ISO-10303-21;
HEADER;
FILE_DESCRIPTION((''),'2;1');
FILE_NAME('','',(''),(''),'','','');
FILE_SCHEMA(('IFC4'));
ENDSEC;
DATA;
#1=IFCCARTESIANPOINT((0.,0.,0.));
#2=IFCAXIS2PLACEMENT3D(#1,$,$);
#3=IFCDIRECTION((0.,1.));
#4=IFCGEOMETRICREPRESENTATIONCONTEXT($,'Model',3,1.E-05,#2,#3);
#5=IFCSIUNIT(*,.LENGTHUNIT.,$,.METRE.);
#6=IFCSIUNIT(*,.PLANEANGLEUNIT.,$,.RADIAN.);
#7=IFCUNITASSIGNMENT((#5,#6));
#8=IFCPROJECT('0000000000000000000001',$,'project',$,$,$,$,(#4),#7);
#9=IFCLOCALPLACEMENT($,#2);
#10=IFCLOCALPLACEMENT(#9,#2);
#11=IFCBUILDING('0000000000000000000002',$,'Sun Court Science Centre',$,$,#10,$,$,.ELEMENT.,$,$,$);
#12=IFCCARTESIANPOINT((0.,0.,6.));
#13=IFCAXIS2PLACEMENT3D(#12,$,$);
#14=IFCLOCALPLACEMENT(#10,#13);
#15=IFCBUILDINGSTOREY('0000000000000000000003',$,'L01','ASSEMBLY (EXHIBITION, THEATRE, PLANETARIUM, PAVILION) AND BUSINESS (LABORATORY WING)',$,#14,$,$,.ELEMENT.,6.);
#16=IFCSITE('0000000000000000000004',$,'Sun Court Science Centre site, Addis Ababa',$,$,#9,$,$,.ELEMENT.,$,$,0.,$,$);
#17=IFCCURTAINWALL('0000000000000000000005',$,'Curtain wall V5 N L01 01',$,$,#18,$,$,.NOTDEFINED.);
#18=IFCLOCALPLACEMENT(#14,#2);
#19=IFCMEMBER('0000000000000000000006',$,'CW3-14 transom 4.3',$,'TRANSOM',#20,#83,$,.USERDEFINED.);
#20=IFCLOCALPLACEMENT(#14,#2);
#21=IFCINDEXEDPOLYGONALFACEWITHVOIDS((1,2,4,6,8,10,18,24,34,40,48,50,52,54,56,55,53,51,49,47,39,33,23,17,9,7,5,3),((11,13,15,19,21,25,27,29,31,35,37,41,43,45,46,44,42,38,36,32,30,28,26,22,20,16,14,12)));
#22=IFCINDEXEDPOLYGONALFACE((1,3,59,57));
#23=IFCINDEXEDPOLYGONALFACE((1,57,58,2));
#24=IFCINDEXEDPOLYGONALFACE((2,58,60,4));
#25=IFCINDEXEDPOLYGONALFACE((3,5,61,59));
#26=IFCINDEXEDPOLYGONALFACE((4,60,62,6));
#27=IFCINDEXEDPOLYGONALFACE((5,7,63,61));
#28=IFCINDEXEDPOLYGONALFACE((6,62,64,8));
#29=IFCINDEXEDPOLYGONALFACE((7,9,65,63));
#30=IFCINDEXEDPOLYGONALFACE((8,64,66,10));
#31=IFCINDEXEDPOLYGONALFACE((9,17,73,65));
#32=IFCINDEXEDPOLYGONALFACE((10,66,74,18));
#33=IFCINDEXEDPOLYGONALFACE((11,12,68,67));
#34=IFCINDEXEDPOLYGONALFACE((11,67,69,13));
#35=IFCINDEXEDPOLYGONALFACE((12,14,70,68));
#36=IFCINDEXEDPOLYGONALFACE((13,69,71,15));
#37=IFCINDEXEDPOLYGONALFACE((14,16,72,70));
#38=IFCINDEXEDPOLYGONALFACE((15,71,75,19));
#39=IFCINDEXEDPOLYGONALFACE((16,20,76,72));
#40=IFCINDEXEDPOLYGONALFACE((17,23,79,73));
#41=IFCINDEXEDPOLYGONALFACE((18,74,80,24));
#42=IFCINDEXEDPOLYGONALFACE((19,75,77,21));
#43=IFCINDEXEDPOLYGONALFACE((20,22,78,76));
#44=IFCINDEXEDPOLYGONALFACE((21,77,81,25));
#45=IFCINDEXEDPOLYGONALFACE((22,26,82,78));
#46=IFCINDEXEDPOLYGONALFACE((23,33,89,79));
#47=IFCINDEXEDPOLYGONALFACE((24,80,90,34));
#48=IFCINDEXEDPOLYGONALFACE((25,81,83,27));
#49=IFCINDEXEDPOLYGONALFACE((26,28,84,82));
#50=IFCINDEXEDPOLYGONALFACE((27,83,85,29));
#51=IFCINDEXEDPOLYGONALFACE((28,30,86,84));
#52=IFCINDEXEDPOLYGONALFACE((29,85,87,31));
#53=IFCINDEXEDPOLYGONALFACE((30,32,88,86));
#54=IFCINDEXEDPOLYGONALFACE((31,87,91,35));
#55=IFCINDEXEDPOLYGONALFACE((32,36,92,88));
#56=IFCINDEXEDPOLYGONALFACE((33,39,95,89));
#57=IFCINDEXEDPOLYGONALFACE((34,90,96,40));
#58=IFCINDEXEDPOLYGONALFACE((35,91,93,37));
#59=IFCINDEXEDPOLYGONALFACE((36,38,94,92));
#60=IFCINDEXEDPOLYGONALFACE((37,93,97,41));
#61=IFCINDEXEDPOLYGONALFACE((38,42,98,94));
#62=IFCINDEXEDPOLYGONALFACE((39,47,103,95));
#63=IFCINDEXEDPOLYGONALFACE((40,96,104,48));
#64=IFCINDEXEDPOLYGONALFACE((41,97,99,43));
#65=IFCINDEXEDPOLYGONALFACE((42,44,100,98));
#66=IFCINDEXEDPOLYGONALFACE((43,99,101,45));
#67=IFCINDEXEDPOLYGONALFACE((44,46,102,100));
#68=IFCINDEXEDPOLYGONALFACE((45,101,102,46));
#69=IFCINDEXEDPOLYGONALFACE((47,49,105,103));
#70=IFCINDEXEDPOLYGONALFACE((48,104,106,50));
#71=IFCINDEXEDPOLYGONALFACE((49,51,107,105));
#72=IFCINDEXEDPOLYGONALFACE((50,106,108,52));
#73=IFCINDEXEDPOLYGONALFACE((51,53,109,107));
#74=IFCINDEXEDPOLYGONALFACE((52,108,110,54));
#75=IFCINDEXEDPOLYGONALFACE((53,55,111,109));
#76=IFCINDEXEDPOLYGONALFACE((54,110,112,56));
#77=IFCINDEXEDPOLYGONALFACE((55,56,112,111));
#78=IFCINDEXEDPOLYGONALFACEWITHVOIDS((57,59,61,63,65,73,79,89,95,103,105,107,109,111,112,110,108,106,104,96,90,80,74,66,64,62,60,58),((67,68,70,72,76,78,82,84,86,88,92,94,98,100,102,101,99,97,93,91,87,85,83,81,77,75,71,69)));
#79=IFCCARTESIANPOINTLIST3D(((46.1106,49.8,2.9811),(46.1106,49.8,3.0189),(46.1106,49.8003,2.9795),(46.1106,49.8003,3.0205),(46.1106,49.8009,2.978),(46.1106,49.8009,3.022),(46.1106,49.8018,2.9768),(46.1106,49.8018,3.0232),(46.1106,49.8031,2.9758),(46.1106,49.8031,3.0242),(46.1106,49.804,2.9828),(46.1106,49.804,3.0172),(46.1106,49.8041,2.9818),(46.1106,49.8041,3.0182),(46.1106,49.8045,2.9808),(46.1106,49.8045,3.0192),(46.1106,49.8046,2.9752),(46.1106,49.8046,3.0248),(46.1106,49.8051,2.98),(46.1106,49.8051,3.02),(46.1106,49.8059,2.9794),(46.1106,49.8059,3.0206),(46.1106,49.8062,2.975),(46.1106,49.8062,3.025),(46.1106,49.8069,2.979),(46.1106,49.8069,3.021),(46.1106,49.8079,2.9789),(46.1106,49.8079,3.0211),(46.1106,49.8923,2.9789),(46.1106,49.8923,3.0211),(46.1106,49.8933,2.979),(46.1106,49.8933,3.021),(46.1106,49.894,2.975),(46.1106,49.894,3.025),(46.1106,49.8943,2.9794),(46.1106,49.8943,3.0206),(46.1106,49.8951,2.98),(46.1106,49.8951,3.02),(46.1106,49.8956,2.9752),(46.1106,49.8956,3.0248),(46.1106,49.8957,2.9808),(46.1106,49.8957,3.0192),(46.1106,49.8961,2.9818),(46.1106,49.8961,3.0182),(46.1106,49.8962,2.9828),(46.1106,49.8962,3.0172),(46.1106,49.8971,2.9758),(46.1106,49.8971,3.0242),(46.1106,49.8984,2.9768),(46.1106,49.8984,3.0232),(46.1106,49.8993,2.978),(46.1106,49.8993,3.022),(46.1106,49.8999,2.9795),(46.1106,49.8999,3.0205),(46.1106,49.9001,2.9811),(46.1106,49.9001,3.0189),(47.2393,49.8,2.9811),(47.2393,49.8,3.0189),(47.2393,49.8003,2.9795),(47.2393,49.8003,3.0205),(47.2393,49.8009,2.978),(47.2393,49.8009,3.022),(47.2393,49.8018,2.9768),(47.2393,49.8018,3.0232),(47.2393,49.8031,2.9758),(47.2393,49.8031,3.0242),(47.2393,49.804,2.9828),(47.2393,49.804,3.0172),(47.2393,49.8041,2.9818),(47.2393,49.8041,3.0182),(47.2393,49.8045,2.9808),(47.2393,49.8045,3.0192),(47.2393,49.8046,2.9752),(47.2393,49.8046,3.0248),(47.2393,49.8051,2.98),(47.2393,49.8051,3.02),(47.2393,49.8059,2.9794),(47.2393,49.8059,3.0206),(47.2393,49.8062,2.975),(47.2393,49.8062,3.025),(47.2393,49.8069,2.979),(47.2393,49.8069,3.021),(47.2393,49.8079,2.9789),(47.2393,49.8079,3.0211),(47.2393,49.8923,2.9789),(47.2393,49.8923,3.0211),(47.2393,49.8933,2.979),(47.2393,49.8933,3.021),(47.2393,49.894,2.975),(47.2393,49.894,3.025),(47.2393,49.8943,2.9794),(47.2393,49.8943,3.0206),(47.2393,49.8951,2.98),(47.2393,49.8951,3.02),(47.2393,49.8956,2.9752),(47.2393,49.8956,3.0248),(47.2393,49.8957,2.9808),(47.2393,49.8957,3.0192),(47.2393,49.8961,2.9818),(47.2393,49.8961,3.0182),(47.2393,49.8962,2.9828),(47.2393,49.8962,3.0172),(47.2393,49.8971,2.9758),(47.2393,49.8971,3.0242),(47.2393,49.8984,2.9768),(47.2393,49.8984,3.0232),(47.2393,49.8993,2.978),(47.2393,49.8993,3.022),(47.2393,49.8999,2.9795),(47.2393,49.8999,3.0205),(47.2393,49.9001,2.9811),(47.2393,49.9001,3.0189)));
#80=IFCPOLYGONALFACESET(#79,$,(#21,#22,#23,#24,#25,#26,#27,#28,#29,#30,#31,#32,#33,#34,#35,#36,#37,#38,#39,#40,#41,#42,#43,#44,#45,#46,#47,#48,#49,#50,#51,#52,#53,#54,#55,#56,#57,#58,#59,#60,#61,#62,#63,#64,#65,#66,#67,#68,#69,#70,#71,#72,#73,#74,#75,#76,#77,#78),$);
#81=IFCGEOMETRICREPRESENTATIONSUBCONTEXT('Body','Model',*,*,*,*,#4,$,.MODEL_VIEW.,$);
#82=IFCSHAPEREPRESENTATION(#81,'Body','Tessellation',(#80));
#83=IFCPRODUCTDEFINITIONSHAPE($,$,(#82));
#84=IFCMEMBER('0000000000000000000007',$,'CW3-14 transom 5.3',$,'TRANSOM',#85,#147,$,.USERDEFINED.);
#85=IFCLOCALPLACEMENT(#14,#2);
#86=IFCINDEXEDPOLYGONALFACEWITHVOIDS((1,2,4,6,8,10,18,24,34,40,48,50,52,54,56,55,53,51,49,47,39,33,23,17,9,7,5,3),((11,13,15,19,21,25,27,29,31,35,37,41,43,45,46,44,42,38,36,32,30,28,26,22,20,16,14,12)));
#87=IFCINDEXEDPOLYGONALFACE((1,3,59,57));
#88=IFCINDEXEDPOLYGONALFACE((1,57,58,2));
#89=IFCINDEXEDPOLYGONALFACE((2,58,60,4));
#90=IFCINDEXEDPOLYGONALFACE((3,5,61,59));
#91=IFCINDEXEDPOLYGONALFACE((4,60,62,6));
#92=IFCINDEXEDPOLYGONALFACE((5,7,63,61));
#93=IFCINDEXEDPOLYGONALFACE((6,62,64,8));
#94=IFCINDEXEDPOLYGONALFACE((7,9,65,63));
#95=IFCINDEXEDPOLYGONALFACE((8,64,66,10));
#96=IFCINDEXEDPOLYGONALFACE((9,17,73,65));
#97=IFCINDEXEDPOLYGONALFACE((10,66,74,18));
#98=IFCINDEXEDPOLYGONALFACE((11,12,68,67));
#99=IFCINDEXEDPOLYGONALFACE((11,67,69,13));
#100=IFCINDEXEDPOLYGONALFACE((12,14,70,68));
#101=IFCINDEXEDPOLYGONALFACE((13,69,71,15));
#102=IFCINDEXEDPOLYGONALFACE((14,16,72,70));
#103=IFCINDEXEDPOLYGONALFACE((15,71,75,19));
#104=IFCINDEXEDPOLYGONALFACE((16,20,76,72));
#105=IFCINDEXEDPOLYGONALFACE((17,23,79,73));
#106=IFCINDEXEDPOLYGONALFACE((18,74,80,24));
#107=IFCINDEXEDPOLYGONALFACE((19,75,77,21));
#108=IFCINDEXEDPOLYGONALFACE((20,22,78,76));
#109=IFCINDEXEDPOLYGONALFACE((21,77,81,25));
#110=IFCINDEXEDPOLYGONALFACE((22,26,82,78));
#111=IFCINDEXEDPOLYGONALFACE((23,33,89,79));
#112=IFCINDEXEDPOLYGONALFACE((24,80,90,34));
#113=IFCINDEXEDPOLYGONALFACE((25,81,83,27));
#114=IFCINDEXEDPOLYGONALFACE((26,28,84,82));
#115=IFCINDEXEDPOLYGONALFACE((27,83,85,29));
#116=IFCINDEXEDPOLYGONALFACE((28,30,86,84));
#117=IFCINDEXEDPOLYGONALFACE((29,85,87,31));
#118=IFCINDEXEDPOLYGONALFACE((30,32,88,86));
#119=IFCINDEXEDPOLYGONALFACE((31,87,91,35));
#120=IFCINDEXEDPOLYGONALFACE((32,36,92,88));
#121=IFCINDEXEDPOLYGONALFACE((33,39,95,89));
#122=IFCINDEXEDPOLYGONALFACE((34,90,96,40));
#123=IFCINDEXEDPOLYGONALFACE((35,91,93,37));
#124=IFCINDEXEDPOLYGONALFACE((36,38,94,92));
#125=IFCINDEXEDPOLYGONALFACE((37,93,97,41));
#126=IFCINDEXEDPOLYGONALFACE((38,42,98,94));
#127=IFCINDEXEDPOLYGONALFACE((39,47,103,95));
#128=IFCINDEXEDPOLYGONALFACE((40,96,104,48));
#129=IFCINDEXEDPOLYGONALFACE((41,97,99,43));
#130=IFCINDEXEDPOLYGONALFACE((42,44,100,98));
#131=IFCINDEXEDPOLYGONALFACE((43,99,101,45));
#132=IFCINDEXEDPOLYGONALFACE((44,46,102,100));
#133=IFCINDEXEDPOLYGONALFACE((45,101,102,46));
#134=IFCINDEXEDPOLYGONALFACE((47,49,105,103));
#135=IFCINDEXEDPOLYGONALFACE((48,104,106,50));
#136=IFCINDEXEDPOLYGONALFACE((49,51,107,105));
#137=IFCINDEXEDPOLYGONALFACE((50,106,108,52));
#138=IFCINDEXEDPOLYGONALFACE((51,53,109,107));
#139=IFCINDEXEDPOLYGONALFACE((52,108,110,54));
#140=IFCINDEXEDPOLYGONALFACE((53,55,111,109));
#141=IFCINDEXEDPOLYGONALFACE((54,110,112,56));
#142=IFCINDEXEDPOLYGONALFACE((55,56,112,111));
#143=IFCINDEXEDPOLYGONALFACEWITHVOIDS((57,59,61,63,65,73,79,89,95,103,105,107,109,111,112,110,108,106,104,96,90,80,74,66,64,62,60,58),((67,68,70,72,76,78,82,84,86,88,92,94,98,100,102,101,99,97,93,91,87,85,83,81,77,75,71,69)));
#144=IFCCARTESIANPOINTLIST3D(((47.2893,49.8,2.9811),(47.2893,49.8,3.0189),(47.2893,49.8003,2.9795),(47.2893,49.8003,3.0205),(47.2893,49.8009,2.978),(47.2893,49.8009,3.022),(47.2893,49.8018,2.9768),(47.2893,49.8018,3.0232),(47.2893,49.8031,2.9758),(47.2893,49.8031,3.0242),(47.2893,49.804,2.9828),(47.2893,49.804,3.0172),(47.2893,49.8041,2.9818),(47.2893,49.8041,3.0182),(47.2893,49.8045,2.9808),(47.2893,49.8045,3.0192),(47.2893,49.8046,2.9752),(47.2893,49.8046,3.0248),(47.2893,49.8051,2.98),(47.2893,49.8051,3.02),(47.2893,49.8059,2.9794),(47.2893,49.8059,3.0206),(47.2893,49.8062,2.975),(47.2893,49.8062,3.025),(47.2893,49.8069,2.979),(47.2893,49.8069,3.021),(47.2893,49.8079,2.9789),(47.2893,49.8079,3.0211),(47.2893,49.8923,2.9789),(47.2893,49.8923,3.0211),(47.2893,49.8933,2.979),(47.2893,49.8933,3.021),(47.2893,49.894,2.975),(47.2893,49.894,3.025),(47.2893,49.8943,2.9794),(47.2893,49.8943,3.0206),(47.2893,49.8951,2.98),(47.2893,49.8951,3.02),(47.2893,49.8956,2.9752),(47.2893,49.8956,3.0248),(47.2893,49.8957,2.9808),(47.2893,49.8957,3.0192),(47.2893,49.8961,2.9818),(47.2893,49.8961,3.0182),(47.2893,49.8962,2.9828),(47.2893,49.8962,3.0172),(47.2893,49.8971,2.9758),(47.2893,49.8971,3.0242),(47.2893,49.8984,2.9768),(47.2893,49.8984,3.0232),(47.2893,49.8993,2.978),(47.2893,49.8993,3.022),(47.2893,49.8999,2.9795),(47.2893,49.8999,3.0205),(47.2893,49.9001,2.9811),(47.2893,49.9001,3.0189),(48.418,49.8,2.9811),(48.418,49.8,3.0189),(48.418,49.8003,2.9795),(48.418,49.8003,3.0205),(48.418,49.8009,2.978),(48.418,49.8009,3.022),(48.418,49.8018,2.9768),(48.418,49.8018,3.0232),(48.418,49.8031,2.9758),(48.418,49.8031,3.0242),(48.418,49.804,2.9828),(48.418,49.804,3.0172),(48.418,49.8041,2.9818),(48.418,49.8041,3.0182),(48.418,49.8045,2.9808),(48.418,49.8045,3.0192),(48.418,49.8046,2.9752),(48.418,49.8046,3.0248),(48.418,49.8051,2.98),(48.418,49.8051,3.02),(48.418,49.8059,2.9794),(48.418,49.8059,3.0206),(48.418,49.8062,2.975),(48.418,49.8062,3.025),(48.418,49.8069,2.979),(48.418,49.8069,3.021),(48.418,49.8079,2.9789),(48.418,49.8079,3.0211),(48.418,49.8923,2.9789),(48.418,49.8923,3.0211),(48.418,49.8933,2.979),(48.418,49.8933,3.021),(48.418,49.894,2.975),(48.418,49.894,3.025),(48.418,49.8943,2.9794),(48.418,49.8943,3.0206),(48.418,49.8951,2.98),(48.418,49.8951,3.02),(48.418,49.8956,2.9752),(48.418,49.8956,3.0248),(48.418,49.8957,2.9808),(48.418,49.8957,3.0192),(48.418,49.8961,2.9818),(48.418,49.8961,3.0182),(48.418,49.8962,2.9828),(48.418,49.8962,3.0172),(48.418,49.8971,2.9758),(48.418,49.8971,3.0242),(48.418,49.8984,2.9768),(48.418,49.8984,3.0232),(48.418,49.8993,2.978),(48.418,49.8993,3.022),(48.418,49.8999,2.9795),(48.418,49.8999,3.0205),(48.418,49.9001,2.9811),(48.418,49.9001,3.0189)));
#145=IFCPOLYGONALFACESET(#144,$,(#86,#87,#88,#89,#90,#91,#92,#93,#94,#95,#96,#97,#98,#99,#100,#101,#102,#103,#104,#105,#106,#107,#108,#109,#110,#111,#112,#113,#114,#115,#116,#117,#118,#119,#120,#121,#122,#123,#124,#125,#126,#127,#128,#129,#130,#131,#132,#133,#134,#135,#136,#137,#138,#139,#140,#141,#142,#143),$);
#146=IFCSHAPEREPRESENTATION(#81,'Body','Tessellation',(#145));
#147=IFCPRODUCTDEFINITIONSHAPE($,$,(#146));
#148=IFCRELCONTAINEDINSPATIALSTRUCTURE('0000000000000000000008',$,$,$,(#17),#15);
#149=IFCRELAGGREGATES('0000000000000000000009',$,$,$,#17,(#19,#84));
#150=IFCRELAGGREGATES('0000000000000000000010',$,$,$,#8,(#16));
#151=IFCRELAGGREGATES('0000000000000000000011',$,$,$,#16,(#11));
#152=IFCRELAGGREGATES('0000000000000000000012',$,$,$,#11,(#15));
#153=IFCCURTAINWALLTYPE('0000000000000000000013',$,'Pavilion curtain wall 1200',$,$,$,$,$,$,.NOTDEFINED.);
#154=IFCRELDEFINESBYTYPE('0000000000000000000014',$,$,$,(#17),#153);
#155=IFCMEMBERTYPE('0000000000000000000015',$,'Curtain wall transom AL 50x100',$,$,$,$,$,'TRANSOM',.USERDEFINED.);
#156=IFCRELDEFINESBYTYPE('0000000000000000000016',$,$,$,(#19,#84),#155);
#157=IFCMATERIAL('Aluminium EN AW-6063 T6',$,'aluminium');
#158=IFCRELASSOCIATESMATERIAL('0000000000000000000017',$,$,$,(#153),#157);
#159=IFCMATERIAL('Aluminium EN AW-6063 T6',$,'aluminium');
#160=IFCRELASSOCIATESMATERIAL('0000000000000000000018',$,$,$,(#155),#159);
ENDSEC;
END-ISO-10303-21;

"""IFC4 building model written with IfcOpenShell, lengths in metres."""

from ifc_helpers import new_model, si_unit, direction, frame, origin, origin_2d, place, context, subcontext, project, spatial, hollow_rectangle, extrude, material, material_profile, profile_set, type_object, element, aggregate, save


model = new_model("IFC4")

# Units and contexts
model_context = context("Model", 3, precision=1e-05, world=origin(), true_north=direction((0.0, 1.0)))
body_context = subcontext(model_context, "Body", "Model", "MODEL_VIEW")
ifc_project = project(units=[si_unit("LENGTHUNIT", "METRE"), si_unit("PLANEANGLEUNIT", "RADIAN")], contexts=[model_context])

# Site, building, storey
site_placement = place(None, origin())
site = spatial("IfcSite", under=ifc_project, at=site_placement, Name="Sun Court Science Centre site, Addis Ababa", CompositionType="ELEMENT", RefElevation=0.0)
building_placement = place(site_placement, origin())
building = spatial("IfcBuilding", under=site, at=building_placement, Name="Sun Court Science Centre", CompositionType="ELEMENT")
storey_placement = place(building_placement, frame((0.0, 0.0, 6.0)))
storey = spatial("IfcBuildingStorey", under=building, at=storey_placement, Name="L01", Description="ASSEMBLY (EXHIBITION, THEATRE, PLANETARIUM, PAVILION) AND BUSINESS (LABORATORY WING)", CompositionType="ELEMENT", Elevation=6.0)

# Curtain wall, members
ifc_material_1 = material(Name="Aluminium EN AW-6063 T6", Category="aluminium")
curtain_wall_type = type_object("IfcCurtainWallType", Name="Pavilion curtain wall 1200", PredefinedType="NOTDEFINED", material=ifc_material_1)
curtain_wall_placement = place(storey_placement, origin())
curtain_wall = element("IfcCurtainWall", 1, at=curtain_wall_placement, inside=storey, type_object=curtain_wall_type, Name="Curtain wall V5 N L01 01", PredefinedType="NOTDEFINED")
ifc_material_2 = material(Name="Aluminium EN AW-6063 T6", Category="aluminium")
ifc_material_profile_1 = material_profile(ifc_material_2, hollow_rectangle(XDim=0.05, YDim=0.1001, WallThickness=0.0039, InnerFilletRadius=0.0039, OuterFilletRadius=0.0061, at=origin_2d()), Name="AL 50x100x4")
ifc_profile_set_1 = profile_set([ifc_material_profile_1], Name="Aluminium EN AW-6063 T6")
member_type_1 = type_object("IfcMemberType", Name="Curtain wall transom AL 50x100", ElementType="TRANSOM", PredefinedType="USERDEFINED", material=ifc_profile_set_1)
member_1_placement = place(storey_placement, frame((46.1106, 49.8501, 3.0), z_axis=(1.0, 0.0, 0.0), x_axis=(0.0, 0.0, 1.0)))
member_1 = element("IfcMember", 2, at=member_1_placement, type_object=member_type_1, Name="CW3-14 transom 4.3", ObjectType="TRANSOM", PredefinedType="USERDEFINED", context=body_context, shape_type="SweptSolid", body=[
    extrude(hollow_rectangle(XDim=0.05, YDim=0.1001, WallThickness=0.0039, InnerFilletRadius=0.0039, OuterFilletRadius=0.0061, at=origin_2d()), origin(), (0.0, 0.0, 1.0), 1.1287),
])
member_2_placement = place(storey_placement, frame((47.2893, 49.8501, 3.0), z_axis=(1.0, 0.0, 0.0), x_axis=(0.0, 0.0, 1.0)))
member_2 = element("IfcMember", 3, at=member_2_placement, type_object=member_type_1, Name="CW3-14 transom 5.3", ObjectType="TRANSOM", PredefinedType="USERDEFINED", context=body_context, shape_type="SweptSolid", body=[
    extrude(hollow_rectangle(XDim=0.05, YDim=0.1001, WallThickness=0.0039, InnerFilletRadius=0.0039, OuterFilletRadius=0.0061, at=origin_2d()), origin(), (0.0, 0.0, 1.0), 1.1287),
])
aggregate(curtain_wall, [member_1, member_2])

save(model, "model.ifc")
